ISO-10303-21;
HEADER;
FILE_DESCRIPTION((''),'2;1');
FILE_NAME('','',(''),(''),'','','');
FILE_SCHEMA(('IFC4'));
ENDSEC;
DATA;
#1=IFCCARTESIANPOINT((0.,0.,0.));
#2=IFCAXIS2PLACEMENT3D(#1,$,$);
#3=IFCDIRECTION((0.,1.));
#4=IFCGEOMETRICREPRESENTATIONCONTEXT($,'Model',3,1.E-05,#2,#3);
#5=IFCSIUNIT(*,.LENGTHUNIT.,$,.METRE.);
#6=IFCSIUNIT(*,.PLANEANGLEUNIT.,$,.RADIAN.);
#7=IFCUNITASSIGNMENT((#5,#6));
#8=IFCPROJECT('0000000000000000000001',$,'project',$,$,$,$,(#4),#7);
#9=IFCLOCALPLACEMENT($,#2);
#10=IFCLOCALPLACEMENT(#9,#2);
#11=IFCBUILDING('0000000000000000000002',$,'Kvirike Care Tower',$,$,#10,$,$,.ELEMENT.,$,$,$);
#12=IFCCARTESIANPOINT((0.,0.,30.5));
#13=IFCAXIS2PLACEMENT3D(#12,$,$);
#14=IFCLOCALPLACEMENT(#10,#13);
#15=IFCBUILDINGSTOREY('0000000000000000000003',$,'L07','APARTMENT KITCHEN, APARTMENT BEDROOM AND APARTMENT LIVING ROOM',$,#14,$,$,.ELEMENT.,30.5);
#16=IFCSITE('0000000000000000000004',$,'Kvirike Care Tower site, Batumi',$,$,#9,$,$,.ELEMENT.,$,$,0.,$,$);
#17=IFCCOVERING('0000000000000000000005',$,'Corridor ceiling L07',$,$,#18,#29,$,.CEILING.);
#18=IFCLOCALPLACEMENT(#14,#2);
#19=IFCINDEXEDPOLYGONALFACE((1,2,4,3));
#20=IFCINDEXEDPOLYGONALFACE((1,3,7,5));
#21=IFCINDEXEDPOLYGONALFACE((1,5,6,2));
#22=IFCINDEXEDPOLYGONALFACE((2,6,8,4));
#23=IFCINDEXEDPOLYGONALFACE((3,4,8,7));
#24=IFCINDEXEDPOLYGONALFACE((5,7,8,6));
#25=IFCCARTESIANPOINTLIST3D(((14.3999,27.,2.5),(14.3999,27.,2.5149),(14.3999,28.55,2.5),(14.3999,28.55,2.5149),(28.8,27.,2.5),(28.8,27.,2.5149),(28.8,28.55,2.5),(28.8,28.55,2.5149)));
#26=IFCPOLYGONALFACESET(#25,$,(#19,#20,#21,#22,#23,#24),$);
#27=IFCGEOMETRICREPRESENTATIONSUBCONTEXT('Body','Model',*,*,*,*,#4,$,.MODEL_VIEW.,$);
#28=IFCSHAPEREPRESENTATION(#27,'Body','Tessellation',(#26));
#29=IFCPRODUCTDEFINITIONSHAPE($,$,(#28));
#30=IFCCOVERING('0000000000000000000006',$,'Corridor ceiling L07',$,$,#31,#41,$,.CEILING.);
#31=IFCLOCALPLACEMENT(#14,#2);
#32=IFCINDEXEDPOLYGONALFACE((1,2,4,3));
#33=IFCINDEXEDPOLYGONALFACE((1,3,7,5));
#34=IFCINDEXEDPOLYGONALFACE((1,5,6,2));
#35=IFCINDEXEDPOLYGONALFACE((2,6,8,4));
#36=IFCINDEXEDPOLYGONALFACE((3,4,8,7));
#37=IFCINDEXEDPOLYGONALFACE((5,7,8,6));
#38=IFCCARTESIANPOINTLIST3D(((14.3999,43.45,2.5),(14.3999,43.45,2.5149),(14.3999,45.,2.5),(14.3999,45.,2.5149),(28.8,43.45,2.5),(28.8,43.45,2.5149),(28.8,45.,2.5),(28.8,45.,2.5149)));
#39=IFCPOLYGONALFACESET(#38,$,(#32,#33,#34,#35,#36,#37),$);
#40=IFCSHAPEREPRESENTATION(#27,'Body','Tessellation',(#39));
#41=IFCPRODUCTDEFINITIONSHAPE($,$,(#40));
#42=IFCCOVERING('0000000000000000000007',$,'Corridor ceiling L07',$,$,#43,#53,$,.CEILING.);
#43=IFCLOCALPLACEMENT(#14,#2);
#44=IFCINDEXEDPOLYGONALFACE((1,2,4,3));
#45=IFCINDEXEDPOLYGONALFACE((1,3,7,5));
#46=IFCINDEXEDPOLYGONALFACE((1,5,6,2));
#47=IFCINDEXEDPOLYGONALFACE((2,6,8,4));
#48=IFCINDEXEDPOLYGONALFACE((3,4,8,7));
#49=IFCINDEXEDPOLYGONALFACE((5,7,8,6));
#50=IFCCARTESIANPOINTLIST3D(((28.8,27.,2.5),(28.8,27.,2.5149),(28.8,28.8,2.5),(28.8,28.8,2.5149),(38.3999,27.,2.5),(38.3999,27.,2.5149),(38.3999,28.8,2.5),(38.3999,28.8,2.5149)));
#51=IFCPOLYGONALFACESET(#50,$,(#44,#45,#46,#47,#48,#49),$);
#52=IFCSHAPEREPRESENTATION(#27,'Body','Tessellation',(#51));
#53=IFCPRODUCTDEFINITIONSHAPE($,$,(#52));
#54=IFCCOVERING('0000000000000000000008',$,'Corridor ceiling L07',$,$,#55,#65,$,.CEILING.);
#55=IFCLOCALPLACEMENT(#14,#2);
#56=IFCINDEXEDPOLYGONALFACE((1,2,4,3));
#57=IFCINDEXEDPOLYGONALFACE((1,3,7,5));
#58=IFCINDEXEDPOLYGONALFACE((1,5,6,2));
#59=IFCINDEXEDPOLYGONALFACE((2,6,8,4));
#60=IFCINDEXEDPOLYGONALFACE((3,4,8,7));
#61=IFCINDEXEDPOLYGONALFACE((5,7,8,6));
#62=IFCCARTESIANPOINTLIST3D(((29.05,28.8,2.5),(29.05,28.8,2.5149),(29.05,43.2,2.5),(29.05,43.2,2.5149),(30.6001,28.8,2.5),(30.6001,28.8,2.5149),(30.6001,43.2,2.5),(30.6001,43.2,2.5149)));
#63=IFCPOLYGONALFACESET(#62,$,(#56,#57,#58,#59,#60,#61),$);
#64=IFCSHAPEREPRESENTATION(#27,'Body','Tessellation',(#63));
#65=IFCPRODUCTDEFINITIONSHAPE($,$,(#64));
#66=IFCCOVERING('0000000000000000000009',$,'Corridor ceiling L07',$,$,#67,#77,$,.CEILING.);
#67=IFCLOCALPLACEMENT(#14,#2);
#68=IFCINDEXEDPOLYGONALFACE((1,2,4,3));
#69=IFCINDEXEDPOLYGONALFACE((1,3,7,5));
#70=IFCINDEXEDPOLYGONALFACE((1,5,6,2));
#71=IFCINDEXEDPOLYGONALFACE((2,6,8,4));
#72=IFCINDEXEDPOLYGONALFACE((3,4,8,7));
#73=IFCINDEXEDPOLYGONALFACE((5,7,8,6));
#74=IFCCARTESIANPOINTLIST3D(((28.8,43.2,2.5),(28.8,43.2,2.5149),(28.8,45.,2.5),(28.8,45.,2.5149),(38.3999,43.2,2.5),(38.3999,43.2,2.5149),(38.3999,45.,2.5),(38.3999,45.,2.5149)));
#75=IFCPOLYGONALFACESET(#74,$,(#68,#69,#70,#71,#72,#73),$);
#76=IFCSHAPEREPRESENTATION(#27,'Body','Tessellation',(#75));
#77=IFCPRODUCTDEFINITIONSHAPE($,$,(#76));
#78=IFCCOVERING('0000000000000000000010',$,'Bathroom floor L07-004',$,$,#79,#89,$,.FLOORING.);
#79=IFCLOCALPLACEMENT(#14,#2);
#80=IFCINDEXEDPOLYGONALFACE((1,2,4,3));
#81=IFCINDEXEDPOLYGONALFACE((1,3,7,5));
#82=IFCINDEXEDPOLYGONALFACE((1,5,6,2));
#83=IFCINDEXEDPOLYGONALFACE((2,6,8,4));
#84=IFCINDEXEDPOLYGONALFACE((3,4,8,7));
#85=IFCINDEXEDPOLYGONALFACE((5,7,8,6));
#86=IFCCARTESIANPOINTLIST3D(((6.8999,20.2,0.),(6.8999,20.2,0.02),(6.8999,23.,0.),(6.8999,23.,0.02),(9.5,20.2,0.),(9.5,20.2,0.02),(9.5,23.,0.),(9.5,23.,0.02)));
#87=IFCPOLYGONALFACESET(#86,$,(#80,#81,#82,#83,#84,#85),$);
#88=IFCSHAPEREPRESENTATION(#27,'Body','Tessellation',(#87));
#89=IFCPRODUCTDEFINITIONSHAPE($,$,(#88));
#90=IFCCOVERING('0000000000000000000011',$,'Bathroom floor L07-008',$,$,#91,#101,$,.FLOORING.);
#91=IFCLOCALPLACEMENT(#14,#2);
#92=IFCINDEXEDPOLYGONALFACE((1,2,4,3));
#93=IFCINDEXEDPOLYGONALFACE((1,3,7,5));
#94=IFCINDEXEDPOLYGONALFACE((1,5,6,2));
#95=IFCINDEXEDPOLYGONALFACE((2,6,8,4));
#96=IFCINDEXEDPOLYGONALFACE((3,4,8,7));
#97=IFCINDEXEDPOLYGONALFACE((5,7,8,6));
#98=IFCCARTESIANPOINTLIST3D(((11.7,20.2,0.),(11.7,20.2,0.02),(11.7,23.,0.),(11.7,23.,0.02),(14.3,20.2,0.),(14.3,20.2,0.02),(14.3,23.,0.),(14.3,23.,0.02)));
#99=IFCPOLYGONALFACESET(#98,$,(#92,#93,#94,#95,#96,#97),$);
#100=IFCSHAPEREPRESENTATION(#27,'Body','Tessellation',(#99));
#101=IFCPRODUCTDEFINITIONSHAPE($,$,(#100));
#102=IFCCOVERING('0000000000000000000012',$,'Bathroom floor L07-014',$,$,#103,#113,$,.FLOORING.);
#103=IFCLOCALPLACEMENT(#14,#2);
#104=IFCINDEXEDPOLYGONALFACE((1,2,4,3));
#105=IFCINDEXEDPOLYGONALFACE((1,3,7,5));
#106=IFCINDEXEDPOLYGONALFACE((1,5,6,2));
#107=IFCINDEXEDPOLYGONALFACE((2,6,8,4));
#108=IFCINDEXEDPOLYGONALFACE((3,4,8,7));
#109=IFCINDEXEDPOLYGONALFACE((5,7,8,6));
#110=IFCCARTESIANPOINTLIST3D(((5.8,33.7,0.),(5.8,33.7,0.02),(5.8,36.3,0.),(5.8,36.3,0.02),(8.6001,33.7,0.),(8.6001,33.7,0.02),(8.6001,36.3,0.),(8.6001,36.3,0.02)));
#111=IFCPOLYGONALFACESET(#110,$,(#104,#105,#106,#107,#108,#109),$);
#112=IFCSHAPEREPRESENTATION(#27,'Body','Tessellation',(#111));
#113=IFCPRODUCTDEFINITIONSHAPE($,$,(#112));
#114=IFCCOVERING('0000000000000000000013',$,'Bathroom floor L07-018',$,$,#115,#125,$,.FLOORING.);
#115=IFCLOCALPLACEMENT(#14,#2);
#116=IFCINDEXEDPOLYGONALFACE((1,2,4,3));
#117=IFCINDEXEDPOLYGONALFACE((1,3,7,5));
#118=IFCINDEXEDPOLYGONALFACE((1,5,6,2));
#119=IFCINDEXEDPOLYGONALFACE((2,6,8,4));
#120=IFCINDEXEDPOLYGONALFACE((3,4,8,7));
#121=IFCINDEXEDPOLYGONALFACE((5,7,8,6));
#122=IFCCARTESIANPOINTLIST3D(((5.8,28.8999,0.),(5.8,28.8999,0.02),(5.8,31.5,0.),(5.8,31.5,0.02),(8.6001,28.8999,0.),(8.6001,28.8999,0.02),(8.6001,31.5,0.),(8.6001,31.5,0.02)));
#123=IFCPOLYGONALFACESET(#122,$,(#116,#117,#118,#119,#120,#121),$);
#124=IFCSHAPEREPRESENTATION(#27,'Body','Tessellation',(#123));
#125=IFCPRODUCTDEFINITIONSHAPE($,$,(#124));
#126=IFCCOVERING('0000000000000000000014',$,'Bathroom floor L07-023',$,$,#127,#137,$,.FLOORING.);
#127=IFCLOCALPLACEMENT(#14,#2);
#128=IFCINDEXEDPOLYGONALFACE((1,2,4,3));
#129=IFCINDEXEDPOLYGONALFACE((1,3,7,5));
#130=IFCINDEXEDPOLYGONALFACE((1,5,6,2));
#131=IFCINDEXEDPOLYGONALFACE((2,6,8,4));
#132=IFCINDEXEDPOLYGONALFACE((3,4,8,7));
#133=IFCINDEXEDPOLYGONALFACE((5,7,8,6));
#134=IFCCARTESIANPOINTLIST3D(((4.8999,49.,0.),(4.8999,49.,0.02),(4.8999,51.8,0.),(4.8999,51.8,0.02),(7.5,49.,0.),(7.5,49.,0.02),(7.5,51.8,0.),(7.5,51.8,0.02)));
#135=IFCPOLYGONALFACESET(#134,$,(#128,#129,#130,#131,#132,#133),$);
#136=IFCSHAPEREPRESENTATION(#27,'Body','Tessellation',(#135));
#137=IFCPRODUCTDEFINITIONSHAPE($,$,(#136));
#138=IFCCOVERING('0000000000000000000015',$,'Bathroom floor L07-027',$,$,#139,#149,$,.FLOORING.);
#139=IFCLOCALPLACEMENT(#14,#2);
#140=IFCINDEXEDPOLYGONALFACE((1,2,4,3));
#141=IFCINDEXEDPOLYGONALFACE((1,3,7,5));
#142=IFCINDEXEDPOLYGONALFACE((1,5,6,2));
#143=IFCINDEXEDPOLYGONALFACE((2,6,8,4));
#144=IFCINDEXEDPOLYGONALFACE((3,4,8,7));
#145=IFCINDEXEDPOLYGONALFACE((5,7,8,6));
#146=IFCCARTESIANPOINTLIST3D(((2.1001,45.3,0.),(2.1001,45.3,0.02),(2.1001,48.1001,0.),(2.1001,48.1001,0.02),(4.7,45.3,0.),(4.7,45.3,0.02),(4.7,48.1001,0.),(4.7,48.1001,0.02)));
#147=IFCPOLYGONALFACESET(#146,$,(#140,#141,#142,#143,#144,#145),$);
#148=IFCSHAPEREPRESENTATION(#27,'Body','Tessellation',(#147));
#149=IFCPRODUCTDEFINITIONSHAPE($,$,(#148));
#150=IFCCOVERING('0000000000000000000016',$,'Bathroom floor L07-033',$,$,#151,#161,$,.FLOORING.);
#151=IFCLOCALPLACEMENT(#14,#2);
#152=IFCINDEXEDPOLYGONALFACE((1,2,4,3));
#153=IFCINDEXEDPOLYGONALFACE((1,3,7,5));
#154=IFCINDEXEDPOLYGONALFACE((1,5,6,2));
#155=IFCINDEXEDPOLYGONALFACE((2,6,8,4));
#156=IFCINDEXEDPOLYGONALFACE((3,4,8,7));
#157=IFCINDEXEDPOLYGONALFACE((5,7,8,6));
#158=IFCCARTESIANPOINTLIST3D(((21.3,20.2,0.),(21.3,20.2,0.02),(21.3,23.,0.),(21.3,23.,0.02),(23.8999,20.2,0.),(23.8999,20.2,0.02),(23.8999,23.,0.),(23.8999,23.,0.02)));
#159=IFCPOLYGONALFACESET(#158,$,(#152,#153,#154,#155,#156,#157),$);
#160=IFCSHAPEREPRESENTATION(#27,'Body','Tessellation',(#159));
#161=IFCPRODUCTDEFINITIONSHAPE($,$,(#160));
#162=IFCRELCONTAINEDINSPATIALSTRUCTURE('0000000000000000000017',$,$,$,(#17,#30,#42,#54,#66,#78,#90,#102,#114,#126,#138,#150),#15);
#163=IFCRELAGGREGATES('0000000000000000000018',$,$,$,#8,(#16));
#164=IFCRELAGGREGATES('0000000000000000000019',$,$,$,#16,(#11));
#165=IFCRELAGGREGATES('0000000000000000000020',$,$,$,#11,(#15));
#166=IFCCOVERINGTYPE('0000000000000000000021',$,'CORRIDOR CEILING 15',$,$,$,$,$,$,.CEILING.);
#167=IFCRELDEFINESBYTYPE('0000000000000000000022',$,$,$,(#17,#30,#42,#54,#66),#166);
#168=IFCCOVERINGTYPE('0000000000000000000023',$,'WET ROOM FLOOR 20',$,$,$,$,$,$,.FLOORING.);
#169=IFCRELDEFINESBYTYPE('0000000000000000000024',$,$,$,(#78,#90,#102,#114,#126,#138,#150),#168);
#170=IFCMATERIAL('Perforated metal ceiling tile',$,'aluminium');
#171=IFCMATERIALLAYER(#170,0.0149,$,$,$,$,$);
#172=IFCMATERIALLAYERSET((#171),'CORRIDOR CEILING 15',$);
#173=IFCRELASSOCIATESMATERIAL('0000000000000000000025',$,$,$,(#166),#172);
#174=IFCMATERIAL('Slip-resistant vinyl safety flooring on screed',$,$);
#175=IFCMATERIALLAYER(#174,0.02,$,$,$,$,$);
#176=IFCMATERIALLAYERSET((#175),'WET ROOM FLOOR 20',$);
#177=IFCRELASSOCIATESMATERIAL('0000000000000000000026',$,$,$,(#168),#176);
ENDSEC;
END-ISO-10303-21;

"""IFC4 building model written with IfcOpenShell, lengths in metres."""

from ifc_helpers import new_model, si_unit, direction, frame, origin, place, context, subcontext, project, spatial, polyline, outline, extrude, material, layer, layer_set, type_object, element, save


model = new_model("IFC4")

# Units and contexts
model_context = context("Model", 3, precision=1e-05, world=origin(), true_north=direction((0.0, 1.0)))
body_context = subcontext(model_context, "Body", "Model", "MODEL_VIEW")
ifc_project = project(units=[si_unit("LENGTHUNIT", "METRE"), si_unit("PLANEANGLEUNIT", "RADIAN")], contexts=[model_context])

# Site, building, storey
site_placement = place(None, origin())
site = spatial("IfcSite", under=ifc_project, at=site_placement, Name="Kvirike Care Tower site, Batumi", CompositionType="ELEMENT", RefElevation=0.0)
building_placement = place(site_placement, origin())
building = spatial("IfcBuilding", under=site, at=building_placement, Name="Kvirike Care Tower", CompositionType="ELEMENT")
storey_placement = place(building_placement, frame((0.0, 0.0, 30.5)))
storey = spatial("IfcBuildingStorey", under=building, at=storey_placement, Name="L07", Description="APARTMENT KITCHEN, APARTMENT BEDROOM AND APARTMENT LIVING ROOM", CompositionType="ELEMENT", Elevation=30.5)

# Coverings
ifc_material_1 = material(Name="Perforated metal ceiling tile", Category="aluminium")
ifc_layer_1 = layer(ifc_material_1, 0.0149)
ifc_layer_set_1 = layer_set([ifc_layer_1], Name="CORRIDOR CEILING 15")
covering_type_1 = type_object("IfcCoveringType", Name="CORRIDOR CEILING 15", PredefinedType="CEILING", material=ifc_layer_set_1)
covering_1_placement = place(storey_placement, frame((0.0, 0.0, 2.5)))
element("IfcCovering", 1, at=covering_1_placement, inside=storey, type_object=covering_type_1, Name="Corridor ceiling L07", PredefinedType="CEILING", context=body_context, shape_type="SweptSolid", body=[
    extrude(outline(polyline([(14.3999, 27.0), (14.3999, 28.55), (28.8, 28.55), (28.8, 27.0), (14.3999, 27.0)])), origin(), (0.0, 0.0, 1.0), 0.0149),
])
covering_2_placement = place(storey_placement, frame((0.0, 0.0, 2.5)))
element("IfcCovering", 2, at=covering_2_placement, inside=storey, type_object=covering_type_1, Name="Corridor ceiling L07", PredefinedType="CEILING", context=body_context, shape_type="SweptSolid", body=[
    extrude(outline(polyline([(28.8, 45.0), (28.8, 43.45), (14.3999, 43.45), (14.3999, 45.0), (28.8, 45.0)])), origin(), (0.0, 0.0, 1.0), 0.0149),
])
covering_3_placement = place(storey_placement, frame((0.0, 0.0, 2.5)))
element("IfcCovering", 3, at=covering_3_placement, inside=storey, type_object=covering_type_1, Name="Corridor ceiling L07", PredefinedType="CEILING", context=body_context, shape_type="SweptSolid", body=[
    extrude(outline(polyline([(28.8, 27.0), (28.8, 28.8), (38.3999, 28.8), (38.3999, 27.0), (28.8, 27.0)])), origin(), (0.0, 0.0, 1.0), 0.0149),
])
covering_4_placement = place(storey_placement, frame((0.0, 0.0, 2.5)))
element("IfcCovering", 4, at=covering_4_placement, inside=storey, type_object=covering_type_1, Name="Corridor ceiling L07", PredefinedType="CEILING", context=body_context, shape_type="SweptSolid", body=[
    extrude(outline(polyline([(30.6001, 28.8), (29.05, 28.8), (29.05, 43.2), (30.6001, 43.2), (30.6001, 28.8)])), origin(), (0.0, 0.0, 1.0), 0.0149),
])
covering_5_placement = place(storey_placement, frame((0.0, 0.0, 2.5)))
element("IfcCovering", 5, at=covering_5_placement, inside=storey, type_object=covering_type_1, Name="Corridor ceiling L07", PredefinedType="CEILING", context=body_context, shape_type="SweptSolid", body=[
    extrude(outline(polyline([(38.3999, 45.0), (38.3999, 43.2), (28.8, 43.2), (28.8, 45.0), (38.3999, 45.0)])), origin(), (0.0, 0.0, 1.0), 0.0149),
])
ifc_material_2 = material(Name="Slip-resistant vinyl safety flooring on screed")
ifc_layer_2 = layer(ifc_material_2, 0.02)
ifc_layer_set_2 = layer_set([ifc_layer_2], Name="WET ROOM FLOOR 20")
covering_type_2 = type_object("IfcCoveringType", Name="WET ROOM FLOOR 20", PredefinedType="FLOORING", material=ifc_layer_set_2)
covering_6_placement = place(storey_placement, origin())
element("IfcCovering", 6, at=covering_6_placement, inside=storey, type_object=covering_type_2, Name="Bathroom floor L07-004", PredefinedType="FLOORING", context=body_context, shape_type="SweptSolid", body=[
    extrude(outline(polyline([(6.8999, 20.2), (6.8999, 23.0), (9.5, 23.0), (9.5, 20.2), (6.8999, 20.2)])), origin(), (0.0, 0.0, 1.0), 0.02),
])
covering_7_placement = place(storey_placement, origin())
element("IfcCovering", 7, at=covering_7_placement, inside=storey, type_object=covering_type_2, Name="Bathroom floor L07-008", PredefinedType="FLOORING", context=body_context, shape_type="SweptSolid", body=[
    extrude(outline(polyline([(11.7, 20.2), (11.7, 23.0), (14.3, 23.0), (14.3, 20.2), (11.7, 20.2)])), origin(), (0.0, 0.0, 1.0), 0.02),
])
covering_8_placement = place(storey_placement, origin())
element("IfcCovering", 8, at=covering_8_placement, inside=storey, type_object=covering_type_2, Name="Bathroom floor L07-014", PredefinedType="FLOORING", context=body_context, shape_type="SweptSolid", body=[
    extrude(outline(polyline([(5.8, 36.3), (8.6001, 36.3), (8.6001, 33.7), (5.8, 33.7), (5.8, 36.3)])), origin(), (0.0, 0.0, 1.0), 0.02),
])
covering_9_placement = place(storey_placement, origin())
element("IfcCovering", 9, at=covering_9_placement, inside=storey, type_object=covering_type_2, Name="Bathroom floor L07-018", PredefinedType="FLOORING", context=body_context, shape_type="SweptSolid", body=[
    extrude(outline(polyline([(5.8, 31.5), (8.6001, 31.5), (8.6001, 28.8999), (5.8, 28.8999), (5.8, 31.5)])), origin(), (0.0, 0.0, 1.0), 0.02),
])
covering_10_placement = place(storey_placement, origin())
element("IfcCovering", 10, at=covering_10_placement, inside=storey, type_object=covering_type_2, Name="Bathroom floor L07-023", PredefinedType="FLOORING", context=body_context, shape_type="SweptSolid", body=[
    extrude(outline(polyline([(7.5, 51.8), (7.5, 49.0), (4.8999, 49.0), (4.8999, 51.8), (7.5, 51.8)])), origin(), (0.0, 0.0, 1.0), 0.02),
])
covering_11_placement = place(storey_placement, origin())
element("IfcCovering", 11, at=covering_11_placement, inside=storey, type_object=covering_type_2, Name="Bathroom floor L07-027", PredefinedType="FLOORING", context=body_context, shape_type="SweptSolid", body=[
    extrude(outline(polyline([(4.7, 48.1001), (4.7, 45.3), (2.1001, 45.3), (2.1001, 48.1001), (4.7, 48.1001)])), origin(), (0.0, 0.0, 1.0), 0.02),
])
covering_12_placement = place(storey_placement, origin())
element("IfcCovering", 12, at=covering_12_placement, inside=storey, type_object=covering_type_2, Name="Bathroom floor L07-033", PredefinedType="FLOORING", context=body_context, shape_type="SweptSolid", body=[
    extrude(outline(polyline([(21.3, 20.2), (21.3, 23.0), (23.8999, 23.0), (23.8999, 20.2), (21.3, 20.2)])), origin(), (0.0, 0.0, 1.0), 0.02),
])

save(model, "model.ifc")
